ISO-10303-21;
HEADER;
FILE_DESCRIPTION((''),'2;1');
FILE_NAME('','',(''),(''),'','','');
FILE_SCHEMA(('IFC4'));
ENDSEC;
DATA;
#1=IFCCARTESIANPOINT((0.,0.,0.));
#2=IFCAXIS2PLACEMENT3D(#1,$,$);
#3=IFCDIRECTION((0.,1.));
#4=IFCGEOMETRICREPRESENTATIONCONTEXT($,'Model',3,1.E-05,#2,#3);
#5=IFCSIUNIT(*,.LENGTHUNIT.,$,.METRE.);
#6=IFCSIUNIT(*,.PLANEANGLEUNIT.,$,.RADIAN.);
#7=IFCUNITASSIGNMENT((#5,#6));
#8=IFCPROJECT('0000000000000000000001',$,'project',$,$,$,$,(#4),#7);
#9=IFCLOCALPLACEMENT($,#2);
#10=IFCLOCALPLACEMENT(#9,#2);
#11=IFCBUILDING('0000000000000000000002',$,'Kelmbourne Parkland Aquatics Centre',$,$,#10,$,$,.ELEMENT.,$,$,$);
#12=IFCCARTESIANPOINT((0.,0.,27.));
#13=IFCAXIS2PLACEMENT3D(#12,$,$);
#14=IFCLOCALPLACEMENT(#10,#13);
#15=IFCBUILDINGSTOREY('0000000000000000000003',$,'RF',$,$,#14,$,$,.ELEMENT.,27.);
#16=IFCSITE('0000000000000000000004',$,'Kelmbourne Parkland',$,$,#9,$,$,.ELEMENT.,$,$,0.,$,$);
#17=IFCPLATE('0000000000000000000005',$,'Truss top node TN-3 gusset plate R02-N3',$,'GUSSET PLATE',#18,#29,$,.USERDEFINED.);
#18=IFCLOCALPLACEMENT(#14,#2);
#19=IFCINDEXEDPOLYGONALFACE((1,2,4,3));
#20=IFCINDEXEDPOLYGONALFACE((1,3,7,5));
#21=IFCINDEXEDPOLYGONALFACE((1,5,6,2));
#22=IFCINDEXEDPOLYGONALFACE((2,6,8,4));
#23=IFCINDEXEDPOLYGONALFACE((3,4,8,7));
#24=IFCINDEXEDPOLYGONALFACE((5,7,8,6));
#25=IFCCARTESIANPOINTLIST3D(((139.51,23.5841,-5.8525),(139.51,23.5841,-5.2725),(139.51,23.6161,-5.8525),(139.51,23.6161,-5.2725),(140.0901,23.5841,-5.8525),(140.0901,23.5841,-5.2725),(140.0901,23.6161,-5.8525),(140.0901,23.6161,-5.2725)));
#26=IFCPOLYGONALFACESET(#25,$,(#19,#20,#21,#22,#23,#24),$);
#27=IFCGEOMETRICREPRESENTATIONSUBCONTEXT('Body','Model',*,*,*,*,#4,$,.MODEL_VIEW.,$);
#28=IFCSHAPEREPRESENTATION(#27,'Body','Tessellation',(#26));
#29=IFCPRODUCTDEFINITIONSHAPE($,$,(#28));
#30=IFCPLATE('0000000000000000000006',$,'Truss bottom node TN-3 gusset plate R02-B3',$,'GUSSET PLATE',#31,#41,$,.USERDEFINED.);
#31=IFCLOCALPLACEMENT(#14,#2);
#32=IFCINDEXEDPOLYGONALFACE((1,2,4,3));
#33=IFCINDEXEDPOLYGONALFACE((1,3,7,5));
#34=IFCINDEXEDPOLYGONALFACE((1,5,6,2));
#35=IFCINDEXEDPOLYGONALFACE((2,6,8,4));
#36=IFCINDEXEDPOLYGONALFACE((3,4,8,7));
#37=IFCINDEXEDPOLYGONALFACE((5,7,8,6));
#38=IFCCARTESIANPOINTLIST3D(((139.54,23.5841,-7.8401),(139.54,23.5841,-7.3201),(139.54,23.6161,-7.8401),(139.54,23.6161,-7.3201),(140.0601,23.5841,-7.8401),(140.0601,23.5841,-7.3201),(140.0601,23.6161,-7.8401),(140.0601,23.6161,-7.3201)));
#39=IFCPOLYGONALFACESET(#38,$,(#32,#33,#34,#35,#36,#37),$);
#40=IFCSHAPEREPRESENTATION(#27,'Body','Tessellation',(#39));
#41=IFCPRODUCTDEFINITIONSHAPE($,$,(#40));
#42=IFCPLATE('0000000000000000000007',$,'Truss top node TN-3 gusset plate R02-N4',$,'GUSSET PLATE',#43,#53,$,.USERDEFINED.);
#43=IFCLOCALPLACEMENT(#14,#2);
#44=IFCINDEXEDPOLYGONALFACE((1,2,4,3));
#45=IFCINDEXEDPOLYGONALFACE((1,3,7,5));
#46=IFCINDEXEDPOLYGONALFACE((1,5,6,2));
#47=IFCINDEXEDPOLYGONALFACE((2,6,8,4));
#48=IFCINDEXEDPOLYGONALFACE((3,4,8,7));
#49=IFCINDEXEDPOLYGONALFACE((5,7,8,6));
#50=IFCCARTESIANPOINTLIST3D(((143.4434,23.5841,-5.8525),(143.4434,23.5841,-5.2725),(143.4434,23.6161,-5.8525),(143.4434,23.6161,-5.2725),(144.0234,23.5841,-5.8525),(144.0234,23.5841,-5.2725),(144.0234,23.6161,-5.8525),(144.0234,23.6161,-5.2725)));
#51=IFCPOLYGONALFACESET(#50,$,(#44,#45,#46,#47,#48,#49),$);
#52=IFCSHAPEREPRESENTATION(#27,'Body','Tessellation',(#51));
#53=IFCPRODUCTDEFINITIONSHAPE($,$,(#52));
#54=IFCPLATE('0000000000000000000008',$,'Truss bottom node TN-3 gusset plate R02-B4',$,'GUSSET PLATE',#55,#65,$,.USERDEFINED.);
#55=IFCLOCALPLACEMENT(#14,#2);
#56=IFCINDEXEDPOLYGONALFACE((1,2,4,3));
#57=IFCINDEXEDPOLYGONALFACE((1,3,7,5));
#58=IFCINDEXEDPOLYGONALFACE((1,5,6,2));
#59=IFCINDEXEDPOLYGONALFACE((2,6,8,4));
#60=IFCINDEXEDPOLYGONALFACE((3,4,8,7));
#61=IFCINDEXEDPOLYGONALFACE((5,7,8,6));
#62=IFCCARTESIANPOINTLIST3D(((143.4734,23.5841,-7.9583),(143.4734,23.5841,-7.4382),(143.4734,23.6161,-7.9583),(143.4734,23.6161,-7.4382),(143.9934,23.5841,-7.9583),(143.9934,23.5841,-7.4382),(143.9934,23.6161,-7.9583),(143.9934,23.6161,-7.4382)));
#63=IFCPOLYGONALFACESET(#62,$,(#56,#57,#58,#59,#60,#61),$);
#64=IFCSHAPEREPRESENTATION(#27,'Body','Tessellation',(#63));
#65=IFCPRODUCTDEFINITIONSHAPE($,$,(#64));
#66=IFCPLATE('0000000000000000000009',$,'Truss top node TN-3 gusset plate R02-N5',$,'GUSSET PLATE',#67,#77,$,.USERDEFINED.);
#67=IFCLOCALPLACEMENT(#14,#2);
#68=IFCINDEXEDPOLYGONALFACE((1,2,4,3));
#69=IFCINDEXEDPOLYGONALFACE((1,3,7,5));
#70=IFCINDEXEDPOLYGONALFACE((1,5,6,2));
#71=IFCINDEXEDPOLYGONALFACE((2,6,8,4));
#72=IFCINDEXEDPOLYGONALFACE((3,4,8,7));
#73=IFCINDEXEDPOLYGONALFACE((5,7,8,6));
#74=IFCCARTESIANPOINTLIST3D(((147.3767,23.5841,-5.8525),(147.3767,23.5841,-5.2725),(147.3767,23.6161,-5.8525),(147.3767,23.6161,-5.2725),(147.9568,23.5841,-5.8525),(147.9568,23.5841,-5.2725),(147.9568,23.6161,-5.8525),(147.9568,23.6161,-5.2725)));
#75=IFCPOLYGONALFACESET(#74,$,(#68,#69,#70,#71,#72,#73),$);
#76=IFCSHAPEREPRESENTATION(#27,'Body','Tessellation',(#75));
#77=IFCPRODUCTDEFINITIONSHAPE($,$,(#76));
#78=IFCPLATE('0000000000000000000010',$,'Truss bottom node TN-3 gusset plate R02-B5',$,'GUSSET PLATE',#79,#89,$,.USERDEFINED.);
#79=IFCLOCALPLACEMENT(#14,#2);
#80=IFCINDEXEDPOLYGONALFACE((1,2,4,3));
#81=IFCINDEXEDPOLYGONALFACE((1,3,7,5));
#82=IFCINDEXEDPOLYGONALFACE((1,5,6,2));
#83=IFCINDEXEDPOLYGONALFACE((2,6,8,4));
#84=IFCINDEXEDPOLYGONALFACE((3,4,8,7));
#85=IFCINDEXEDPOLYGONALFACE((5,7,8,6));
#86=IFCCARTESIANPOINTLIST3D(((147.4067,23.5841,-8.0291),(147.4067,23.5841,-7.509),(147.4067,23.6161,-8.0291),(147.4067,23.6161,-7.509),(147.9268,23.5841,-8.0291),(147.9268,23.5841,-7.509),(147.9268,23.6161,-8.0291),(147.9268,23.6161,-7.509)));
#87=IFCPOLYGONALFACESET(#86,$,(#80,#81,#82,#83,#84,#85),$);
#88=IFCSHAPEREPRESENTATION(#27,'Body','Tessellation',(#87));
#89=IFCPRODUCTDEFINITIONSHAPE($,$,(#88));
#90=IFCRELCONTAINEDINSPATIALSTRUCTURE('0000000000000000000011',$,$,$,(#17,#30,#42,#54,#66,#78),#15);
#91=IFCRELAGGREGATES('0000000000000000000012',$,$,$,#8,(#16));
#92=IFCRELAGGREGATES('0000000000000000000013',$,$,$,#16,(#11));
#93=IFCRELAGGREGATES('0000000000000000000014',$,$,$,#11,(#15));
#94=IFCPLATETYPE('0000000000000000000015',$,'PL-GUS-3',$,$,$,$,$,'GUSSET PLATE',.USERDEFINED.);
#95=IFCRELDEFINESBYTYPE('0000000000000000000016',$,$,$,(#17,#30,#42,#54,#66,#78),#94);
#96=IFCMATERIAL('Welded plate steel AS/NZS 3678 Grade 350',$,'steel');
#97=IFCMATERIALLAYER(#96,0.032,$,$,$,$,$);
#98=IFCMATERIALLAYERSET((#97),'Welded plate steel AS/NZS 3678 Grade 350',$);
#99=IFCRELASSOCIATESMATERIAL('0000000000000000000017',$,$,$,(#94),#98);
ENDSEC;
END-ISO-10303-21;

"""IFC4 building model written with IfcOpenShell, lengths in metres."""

from ifc_helpers import new_model, si_unit, direction, frame, origin, origin_2d, place, context, subcontext, project, spatial, rectangle, extrude, material, layer, layer_set, type_object, element, save


model = new_model("IFC4")

# Units and contexts
model_context = context("Model", 3, precision=1e-05, world=origin(), true_north=direction((0.0, 1.0)))
body_context = subcontext(model_context, "Body", "Model", "MODEL_VIEW")
ifc_project = project(units=[si_unit("LENGTHUNIT", "METRE"), si_unit("PLANEANGLEUNIT", "RADIAN")], contexts=[model_context])

# Site, building, storey
site_placement = place(None, origin())
site = spatial("IfcSite", under=ifc_project, at=site_placement, Name="Kelmbourne Parkland", CompositionType="ELEMENT", RefElevation=0.0)
building_placement = place(site_placement, origin())
building = spatial("IfcBuilding", under=site, at=building_placement, Name="Kelmbourne Parkland Aquatics Centre", CompositionType="ELEMENT")
storey_placement = place(building_placement, frame((0.0, 0.0, 27.0)))
storey = spatial("IfcBuildingStorey", under=building, at=storey_placement, Name="RF", CompositionType="ELEMENT", Elevation=27.0)

# Shared definitions
ifc_material_1 = material(Name="Welded plate steel AS/NZS 3678 Grade 350", Category="steel")

# Plates
ifc_layer_1 = layer(ifc_material_1, 0.032)
ifc_layer_set_1 = layer_set([ifc_layer_1], Name="Welded plate steel AS/NZS 3678 Grade 350")
plate_type_1 = type_object("IfcPlateType", Name="PL-GUS-3", ElementType="GUSSET PLATE", PredefinedType="USERDEFINED", material=ifc_layer_set_1)
plate_1_placement = place(storey_placement, frame((139.8, 23.6001, -5.8525), z_axis=(0.0, 0.0, 1.0), x_axis=(1.0, 0.0, 0.0)))
element("IfcPlate", 1, at=plate_1_placement, inside=storey, type_object=plate_type_1, Name="Truss top node TN-3 gusset plate R02-N3", ObjectType="GUSSET PLATE", PredefinedType="USERDEFINED", context=body_context, shape_type="SweptSolid", body=[
    extrude(rectangle(XDim=0.5801, YDim=0.032, at=origin_2d()), origin(), (0.0, 0.0, 1.0), 0.5801),
])
plate_2_placement = place(storey_placement, frame((139.8, 23.6001, -7.8401), z_axis=(0.0, 0.0, 1.0), x_axis=(1.0, 0.0, 0.0)))
element("IfcPlate", 2, at=plate_2_placement, inside=storey, type_object=plate_type_1, Name="Truss bottom node TN-3 gusset plate R02-B3", ObjectType="GUSSET PLATE", PredefinedType="USERDEFINED", context=body_context, shape_type="SweptSolid", body=[
    extrude(rectangle(XDim=0.52, YDim=0.032, at=origin_2d()), origin(), (0.0, 0.0, 1.0), 0.52),
])
plate_3_placement = place(storey_placement, frame((143.7334, 23.6001, -5.8525), z_axis=(0.0, 0.0, 1.0), x_axis=(1.0, 0.0, 0.0)))
element("IfcPlate", 3, at=plate_3_placement, inside=storey, type_object=plate_type_1, Name="Truss top node TN-3 gusset plate R02-N4", ObjectType="GUSSET PLATE", PredefinedType="USERDEFINED", context=body_context, shape_type="SweptSolid", body=[
    extrude(rectangle(XDim=0.5801, YDim=0.032, at=origin_2d()), origin(), (0.0, 0.0, 1.0), 0.5801),
])
plate_4_placement = place(storey_placement, frame((143.7334, 23.6001, -7.9583), z_axis=(0.0, 0.0, 1.0), x_axis=(1.0, 0.0, 0.0)))
element("IfcPlate", 4, at=plate_4_placement, inside=storey, type_object=plate_type_1, Name="Truss bottom node TN-3 gusset plate R02-B4", ObjectType="GUSSET PLATE", PredefinedType="USERDEFINED", context=body_context, shape_type="SweptSolid", body=[
    extrude(rectangle(XDim=0.52, YDim=0.032, at=origin_2d()), origin(), (0.0, 0.0, 1.0), 0.52),
])
plate_5_placement = place(storey_placement, frame((147.6667, 23.6001, -5.8525), z_axis=(0.0, 0.0, 1.0), x_axis=(1.0, 0.0, 0.0)))
element("IfcPlate", 5, at=plate_5_placement, inside=storey, type_object=plate_type_1, Name="Truss top node TN-3 gusset plate R02-N5", ObjectType="GUSSET PLATE", PredefinedType="USERDEFINED", context=body_context, shape_type="SweptSolid", body=[
    extrude(rectangle(XDim=0.5801, YDim=0.032, at=origin_2d()), origin(), (0.0, 0.0, 1.0), 0.5801),
])
plate_6_placement = place(storey_placement, frame((147.6667, 23.6001, -8.0291), z_axis=(0.0, 0.0, 1.0), x_axis=(1.0, 0.0, 0.0)))
element("IfcPlate", 6, at=plate_6_placement, inside=storey, type_object=plate_type_1, Name="Truss bottom node TN-3 gusset plate R02-B5", ObjectType="GUSSET PLATE", PredefinedType="USERDEFINED", context=body_context, shape_type="SweptSolid", body=[
    extrude(rectangle(XDim=0.52, YDim=0.032, at=origin_2d()), origin(), (0.0, 0.0, 1.0), 0.52),
])

save(model, "model.ifc")
